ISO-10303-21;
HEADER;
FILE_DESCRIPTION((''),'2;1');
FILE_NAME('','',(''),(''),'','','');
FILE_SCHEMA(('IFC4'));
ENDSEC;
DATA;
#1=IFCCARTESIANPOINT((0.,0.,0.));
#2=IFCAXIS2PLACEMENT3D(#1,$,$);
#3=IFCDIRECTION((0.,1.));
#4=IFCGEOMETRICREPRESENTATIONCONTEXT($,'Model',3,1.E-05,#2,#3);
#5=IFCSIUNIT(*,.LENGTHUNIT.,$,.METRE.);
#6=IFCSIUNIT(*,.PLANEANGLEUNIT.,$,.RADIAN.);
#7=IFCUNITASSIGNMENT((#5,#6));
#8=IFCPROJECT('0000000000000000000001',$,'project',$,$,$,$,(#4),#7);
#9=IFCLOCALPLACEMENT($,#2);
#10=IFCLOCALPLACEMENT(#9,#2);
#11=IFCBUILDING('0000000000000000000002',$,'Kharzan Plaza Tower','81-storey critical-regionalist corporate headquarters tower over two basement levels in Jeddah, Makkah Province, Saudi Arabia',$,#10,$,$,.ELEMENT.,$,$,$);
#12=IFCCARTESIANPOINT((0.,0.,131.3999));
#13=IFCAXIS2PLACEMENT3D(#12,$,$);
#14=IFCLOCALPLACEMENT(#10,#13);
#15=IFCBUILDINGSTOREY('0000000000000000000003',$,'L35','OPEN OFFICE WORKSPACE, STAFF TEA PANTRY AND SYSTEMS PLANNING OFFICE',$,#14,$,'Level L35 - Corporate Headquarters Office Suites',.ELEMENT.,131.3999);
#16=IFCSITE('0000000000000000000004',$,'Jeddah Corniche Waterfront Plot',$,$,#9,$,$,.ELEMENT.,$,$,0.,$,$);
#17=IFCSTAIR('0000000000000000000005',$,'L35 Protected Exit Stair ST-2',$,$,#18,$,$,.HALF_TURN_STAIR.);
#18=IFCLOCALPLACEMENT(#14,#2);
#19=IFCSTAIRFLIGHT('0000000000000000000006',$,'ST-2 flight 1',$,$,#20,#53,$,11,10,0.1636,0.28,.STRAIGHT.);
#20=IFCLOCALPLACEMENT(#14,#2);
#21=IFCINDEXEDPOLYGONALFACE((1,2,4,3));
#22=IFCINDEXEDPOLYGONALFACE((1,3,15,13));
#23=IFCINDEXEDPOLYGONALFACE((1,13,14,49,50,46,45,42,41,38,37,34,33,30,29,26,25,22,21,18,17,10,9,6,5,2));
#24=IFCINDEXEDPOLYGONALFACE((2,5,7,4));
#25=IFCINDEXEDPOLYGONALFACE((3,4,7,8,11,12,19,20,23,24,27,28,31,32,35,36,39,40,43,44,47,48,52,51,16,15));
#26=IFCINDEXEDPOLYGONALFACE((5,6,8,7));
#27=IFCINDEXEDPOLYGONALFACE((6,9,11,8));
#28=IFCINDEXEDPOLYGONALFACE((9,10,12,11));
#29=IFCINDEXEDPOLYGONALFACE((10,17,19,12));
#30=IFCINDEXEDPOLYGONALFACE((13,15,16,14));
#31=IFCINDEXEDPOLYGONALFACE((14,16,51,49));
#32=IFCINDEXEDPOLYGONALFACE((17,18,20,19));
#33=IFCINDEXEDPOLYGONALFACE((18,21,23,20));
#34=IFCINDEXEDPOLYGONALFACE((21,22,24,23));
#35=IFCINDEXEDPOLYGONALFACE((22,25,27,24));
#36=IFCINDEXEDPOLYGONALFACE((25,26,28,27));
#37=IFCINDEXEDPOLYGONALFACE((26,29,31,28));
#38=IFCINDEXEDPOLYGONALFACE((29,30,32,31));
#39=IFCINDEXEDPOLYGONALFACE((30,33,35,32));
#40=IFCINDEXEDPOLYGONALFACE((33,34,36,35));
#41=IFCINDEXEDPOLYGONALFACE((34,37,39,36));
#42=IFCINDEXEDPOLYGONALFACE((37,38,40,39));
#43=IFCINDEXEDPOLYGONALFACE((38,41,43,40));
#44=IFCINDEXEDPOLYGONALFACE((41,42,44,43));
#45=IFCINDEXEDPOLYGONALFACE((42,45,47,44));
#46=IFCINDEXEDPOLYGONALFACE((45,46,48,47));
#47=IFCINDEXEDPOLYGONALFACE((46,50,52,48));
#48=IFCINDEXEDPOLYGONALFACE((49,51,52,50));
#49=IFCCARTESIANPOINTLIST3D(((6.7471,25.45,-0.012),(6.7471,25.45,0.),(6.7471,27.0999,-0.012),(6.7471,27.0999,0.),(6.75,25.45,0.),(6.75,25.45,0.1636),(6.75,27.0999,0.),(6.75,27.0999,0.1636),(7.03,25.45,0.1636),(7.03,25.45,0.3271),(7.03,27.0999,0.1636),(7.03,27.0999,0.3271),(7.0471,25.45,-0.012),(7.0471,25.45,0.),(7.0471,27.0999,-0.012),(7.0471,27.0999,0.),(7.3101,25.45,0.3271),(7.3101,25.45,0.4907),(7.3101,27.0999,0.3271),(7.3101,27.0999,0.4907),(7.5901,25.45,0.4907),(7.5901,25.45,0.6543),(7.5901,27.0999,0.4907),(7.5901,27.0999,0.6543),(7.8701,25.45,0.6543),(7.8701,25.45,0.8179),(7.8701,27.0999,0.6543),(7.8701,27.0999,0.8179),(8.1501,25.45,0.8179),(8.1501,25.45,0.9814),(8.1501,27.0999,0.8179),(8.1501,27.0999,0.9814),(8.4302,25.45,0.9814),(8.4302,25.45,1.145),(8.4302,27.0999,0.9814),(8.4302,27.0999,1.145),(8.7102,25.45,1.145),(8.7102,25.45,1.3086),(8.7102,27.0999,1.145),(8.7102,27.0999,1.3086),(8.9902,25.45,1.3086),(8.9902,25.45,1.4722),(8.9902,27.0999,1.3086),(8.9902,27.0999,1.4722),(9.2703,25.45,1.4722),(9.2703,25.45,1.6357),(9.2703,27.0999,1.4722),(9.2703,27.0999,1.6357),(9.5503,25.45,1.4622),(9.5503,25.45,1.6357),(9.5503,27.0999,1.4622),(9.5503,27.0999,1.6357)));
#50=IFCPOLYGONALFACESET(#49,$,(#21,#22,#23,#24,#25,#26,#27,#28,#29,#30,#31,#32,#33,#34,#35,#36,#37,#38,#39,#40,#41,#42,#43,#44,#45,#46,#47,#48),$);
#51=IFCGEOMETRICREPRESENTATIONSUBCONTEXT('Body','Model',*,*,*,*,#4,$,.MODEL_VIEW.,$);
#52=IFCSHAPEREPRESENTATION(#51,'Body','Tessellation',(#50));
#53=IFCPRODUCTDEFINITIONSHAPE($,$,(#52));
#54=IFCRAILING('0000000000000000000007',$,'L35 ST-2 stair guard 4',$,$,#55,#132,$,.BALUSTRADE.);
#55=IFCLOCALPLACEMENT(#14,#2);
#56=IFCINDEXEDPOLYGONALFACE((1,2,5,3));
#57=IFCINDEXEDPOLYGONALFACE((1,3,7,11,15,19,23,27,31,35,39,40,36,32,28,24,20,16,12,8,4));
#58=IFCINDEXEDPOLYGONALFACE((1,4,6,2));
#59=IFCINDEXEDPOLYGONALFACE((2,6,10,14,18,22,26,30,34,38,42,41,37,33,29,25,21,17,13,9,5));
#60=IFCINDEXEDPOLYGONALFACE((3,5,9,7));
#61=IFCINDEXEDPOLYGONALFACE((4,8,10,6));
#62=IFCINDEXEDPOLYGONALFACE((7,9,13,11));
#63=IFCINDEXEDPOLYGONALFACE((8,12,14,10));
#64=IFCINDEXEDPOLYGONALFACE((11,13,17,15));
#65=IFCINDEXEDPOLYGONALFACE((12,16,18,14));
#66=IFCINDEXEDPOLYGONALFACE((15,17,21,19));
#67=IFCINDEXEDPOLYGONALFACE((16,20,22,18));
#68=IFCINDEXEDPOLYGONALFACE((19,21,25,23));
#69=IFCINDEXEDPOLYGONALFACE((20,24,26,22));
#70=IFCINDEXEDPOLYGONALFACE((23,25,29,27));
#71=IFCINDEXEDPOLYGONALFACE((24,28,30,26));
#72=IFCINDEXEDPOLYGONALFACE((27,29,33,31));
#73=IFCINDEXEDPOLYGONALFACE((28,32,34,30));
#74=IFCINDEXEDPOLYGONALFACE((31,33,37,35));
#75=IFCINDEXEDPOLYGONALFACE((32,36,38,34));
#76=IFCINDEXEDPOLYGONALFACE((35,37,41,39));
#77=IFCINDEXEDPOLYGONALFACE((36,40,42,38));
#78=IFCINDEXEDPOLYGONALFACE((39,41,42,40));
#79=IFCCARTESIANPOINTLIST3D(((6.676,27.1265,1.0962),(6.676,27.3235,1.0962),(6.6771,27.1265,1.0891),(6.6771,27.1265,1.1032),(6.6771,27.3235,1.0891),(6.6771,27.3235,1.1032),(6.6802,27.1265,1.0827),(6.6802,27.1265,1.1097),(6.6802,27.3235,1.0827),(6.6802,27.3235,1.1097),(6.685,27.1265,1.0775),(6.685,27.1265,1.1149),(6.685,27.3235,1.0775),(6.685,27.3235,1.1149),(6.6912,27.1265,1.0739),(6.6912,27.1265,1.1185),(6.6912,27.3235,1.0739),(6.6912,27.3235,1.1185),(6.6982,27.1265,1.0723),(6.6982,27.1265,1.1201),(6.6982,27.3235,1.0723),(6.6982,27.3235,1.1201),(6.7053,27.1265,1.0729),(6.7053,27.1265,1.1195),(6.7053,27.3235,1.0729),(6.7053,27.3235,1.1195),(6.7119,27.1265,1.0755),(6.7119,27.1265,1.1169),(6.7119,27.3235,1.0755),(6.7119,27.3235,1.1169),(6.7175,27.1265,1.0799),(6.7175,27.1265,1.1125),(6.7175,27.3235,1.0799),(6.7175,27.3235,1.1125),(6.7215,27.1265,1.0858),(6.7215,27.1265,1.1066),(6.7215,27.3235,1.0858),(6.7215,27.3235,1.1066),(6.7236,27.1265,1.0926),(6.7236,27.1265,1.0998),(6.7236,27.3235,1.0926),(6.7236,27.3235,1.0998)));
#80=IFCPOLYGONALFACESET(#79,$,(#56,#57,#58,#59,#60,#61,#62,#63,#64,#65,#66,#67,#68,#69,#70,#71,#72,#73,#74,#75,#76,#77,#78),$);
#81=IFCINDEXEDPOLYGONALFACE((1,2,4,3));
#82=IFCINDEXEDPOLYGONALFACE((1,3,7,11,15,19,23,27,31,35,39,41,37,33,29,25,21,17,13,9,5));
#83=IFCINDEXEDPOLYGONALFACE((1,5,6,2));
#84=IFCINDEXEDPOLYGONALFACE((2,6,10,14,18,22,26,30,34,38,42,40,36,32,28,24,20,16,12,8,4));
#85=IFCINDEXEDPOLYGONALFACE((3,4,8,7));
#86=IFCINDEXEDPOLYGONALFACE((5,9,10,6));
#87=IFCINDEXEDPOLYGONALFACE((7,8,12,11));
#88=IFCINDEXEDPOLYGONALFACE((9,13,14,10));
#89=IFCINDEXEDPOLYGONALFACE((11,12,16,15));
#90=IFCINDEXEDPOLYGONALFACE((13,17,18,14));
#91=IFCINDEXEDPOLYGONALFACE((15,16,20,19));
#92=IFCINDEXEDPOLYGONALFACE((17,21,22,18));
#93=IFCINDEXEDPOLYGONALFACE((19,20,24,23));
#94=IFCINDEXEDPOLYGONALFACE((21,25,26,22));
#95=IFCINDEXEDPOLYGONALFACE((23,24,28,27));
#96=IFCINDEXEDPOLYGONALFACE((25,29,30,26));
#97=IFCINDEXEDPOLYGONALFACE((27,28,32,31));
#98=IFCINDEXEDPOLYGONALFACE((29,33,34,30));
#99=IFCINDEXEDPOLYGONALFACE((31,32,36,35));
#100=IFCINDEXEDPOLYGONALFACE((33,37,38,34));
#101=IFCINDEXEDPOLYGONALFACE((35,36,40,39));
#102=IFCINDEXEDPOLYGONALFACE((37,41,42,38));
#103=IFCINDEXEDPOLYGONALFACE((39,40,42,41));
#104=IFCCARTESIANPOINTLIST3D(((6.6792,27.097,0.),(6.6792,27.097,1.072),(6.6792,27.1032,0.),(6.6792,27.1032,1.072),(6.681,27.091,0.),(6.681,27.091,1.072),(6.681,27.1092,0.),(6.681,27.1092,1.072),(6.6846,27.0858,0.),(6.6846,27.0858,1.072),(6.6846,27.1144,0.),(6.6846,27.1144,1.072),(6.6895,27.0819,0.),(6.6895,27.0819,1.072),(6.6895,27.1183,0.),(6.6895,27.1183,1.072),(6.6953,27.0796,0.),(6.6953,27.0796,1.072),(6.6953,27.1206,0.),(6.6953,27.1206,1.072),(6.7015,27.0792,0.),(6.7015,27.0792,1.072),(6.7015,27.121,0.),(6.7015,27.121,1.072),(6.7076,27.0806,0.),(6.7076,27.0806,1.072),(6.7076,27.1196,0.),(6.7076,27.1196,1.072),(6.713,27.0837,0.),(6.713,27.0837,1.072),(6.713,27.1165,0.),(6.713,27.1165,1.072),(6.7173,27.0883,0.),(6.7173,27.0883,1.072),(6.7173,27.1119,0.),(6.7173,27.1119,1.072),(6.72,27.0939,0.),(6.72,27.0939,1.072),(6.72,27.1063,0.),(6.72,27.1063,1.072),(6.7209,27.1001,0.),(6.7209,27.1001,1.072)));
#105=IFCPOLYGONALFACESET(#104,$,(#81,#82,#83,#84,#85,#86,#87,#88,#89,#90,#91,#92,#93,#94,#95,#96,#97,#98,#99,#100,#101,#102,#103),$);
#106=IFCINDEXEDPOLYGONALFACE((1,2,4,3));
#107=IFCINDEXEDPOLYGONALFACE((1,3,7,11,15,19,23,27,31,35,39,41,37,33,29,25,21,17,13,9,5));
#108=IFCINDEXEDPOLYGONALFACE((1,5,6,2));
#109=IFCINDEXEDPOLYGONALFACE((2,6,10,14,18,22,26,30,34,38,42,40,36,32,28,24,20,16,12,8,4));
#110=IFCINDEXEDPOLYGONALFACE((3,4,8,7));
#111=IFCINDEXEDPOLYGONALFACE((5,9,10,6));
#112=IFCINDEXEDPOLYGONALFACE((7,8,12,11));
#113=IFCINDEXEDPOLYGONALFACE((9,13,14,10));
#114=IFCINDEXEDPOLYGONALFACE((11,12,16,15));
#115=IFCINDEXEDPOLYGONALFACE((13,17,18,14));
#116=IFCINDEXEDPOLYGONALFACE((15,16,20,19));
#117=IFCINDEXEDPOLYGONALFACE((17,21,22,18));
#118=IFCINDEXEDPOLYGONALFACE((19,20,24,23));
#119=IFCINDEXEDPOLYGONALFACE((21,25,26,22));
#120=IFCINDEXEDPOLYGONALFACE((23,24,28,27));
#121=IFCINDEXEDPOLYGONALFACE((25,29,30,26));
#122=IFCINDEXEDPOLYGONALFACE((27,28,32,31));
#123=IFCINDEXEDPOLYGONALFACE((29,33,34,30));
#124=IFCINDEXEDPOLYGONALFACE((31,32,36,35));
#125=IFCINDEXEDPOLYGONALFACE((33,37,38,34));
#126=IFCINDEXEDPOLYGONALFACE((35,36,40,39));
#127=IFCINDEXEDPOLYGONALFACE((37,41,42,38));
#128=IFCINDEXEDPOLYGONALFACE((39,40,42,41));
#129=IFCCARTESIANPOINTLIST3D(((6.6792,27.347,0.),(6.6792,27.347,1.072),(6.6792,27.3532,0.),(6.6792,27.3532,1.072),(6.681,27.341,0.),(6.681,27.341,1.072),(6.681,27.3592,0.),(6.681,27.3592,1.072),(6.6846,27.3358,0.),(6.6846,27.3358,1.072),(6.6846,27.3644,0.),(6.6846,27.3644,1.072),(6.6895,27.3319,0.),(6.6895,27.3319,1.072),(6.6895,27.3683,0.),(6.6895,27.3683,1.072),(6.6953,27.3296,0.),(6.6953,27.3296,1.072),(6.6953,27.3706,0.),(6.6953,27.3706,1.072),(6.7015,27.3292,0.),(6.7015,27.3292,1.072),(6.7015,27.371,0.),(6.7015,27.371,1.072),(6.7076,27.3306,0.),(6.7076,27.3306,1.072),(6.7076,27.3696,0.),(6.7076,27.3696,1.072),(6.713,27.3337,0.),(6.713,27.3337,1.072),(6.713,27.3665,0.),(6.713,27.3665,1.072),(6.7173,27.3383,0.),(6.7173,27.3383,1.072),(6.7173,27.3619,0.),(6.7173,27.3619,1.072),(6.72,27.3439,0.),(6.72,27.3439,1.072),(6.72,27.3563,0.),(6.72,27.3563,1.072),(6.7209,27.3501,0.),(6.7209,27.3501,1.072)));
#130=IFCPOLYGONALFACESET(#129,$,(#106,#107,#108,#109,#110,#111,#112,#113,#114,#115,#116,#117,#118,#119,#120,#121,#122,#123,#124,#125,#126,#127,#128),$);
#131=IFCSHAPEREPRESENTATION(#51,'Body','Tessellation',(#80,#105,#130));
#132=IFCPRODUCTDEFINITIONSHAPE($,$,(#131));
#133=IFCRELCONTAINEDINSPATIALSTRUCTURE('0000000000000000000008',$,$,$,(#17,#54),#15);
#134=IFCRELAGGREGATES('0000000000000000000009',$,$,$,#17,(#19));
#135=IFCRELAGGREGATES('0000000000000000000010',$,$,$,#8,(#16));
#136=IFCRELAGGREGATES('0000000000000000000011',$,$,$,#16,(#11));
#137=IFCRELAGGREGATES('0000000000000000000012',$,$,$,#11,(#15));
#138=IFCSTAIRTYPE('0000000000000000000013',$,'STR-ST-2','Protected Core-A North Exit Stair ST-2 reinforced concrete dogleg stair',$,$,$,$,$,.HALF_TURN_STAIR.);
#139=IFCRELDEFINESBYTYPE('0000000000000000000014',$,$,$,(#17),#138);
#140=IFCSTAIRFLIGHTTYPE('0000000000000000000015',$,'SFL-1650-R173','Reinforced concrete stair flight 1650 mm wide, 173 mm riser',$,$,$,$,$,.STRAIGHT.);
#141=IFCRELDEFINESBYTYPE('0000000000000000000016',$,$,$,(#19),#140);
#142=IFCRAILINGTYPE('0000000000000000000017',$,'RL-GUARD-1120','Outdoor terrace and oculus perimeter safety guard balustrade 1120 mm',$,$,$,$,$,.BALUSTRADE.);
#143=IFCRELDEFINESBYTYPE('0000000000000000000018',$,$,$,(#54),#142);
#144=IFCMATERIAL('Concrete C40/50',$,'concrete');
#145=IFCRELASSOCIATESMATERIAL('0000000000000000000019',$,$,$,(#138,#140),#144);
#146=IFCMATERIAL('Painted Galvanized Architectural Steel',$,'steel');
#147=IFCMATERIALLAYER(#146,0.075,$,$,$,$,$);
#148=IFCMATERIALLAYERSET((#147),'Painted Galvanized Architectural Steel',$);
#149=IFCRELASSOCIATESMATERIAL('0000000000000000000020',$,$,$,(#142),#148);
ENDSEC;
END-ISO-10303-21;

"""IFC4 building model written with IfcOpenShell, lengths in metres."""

from ifc_helpers import new_model, si_unit, direction, frame, origin, origin_2d, place, context, subcontext, project, spatial, polyline, circle, outline, extrude, source, transform, mapped, material, layer, layer_set, type_object, element, aggregate, save


model = new_model("IFC4")

# Units and contexts
model_context = context("Model", 3, precision=1e-05, world=origin(), true_north=direction((0.0, 1.0)))
body_context = subcontext(model_context, "Body", "Model", "MODEL_VIEW")
ifc_project = project(units=[si_unit("LENGTHUNIT", "METRE"), si_unit("PLANEANGLEUNIT", "RADIAN")], contexts=[model_context])

# Site, building, storey
site_placement = place(None, origin())
site = spatial("IfcSite", under=ifc_project, at=site_placement, Name="Jeddah Corniche Waterfront Plot", CompositionType="ELEMENT", RefElevation=0.0)
building_placement = place(site_placement, origin())
building = spatial("IfcBuilding", under=site, at=building_placement, Name="Kharzan Plaza Tower", Description="81-storey critical-regionalist corporate headquarters tower over two basement levels in Jeddah, Makkah Province, Saudi Arabia", CompositionType="ELEMENT")
storey_placement = place(building_placement, frame((0.0, 0.0, 131.3999)))
storey = spatial("IfcBuildingStorey", under=building, at=storey_placement, Name="L35", Description="OPEN OFFICE WORKSPACE, STAFF TEA PANTRY AND SYSTEMS PLANNING OFFICE", LongName="Level L35 - Corporate Headquarters Office Suites", CompositionType="ELEMENT", Elevation=131.3999)

# Shared definitions
ifc_material_1 = material(Name="Concrete C40/50", Category="concrete")

# Stair, stair flight
stair_type = type_object("IfcStairType", Name="STR-ST-2", Description="Protected Core-A North Exit Stair ST-2 reinforced concrete dogleg stair", PredefinedType="HALF_TURN_STAIR", material=ifc_material_1)
stair_placement = place(storey_placement, origin())
stair = element("IfcStair", 1, at=stair_placement, inside=storey, type_object=stair_type, Name="L35 Protected Exit Stair ST-2", PredefinedType="HALF_TURN_STAIR")
stair_flight_type = type_object("IfcStairFlightType", Name="SFL-1650-R173", Description="Reinforced concrete stair flight 1650 mm wide, 173 mm riser", PredefinedType="STRAIGHT", material=ifc_material_1)
shared_shape_1 = source(origin(), body_context, "Body", "SweptSolid", [
    extrude(outline(polyline([(-0.0029, -0.012), (-0.0029, 0.0), (0.0, 0.0), (0.0, 0.1636), (0.28, 0.1636), (0.28, 0.3271), (0.5601, 0.3271), (0.5601, 0.4907), (0.8401, 0.4907), (0.8401, 0.6543), (1.1201, 0.6543), (1.1201, 0.8179), (1.4001, 0.8179), (1.4001, 0.9814), (1.6802, 0.9814), (1.6802, 1.145), (1.9602, 1.145), (1.9602, 1.3086), (2.2402, 1.3086), (2.2402, 1.4722), (2.5203, 1.4722), (2.5203, 1.6357), (2.8003, 1.6357), (2.8003, 1.7993), (2.8003, 1.4622), (0.2971, 0.0), (0.2971, -0.012), (-0.0029, -0.012)])), frame((0.0, 0.825, 0.0), z_axis=(0.0, -1.0, 0.0), x_axis=(1.0, 0.0, 0.0)), (0.0, 0.0, 1.0), 1.6499),
])
stair_flight_placement = place(storey_placement, frame((6.75, 26.2749, 0.0), z_axis=(0.0, 0.0, 1.0), x_axis=(1.0, 0.0, 0.0)))
stair_flight = element("IfcStairFlight", 2, at=stair_flight_placement, type_object=stair_flight_type, Name="ST-2 flight 1", NumberOfRisers=11, NumberOfTreads=10, PredefinedType="STRAIGHT", RiserHeight=0.1636, TreadLength=0.28, context=body_context, shape_type="MappedRepresentation", body=[
    mapped(shared_shape_1, transform((0.0, 0.0, 0.0), x_axis=(1.0, 0.0, 0.0), y_axis=(0.0, 1.0, 0.0), z_axis=(0.0, 0.0, 1.0))),
])
aggregate(stair, [stair_flight])

# Railing
ifc_material_2 = material(Name="Painted Galvanized Architectural Steel", Category="steel")
ifc_layer_1 = layer(ifc_material_2, 0.075)
ifc_layer_set_1 = layer_set([ifc_layer_1], Name="Painted Galvanized Architectural Steel")
railing_type_1 = type_object("IfcRailingType", Name="RL-GUARD-1120", Description="Outdoor terrace and oculus perimeter safety guard balustrade 1120 mm", PredefinedType="BALUSTRADE", material=ifc_layer_set_1)
shared_shape_2 = source(origin(), body_context, "Body", "SweptSolid", [
    extrude(circle(Radius=0.0239, at=origin_2d()), frame((0.0, 0.0264, 1.0962), z_axis=(0.0, 1.0, 0.0), x_axis=(-1.0, 0.0, 0.0)), (0.0, 0.0, 1.0), 0.197),
    extrude(circle(Radius=0.021, at=origin_2d()), origin(), (0.0, 0.0, 1.0), 1.072),
    extrude(circle(Radius=0.021, at=origin_2d()), frame((0.0, 0.25, 0.0)), (0.0, 0.0, 1.0), 1.072),
])
railing_1_placement = place(storey_placement, frame((6.7, 27.1001, 0.0)))
element("IfcRailing", 3, at=railing_1_placement, inside=storey, type_object=railing_type_1, Name="L35 ST-2 stair guard 4", PredefinedType="BALUSTRADE", context=body_context, shape_type="MappedRepresentation", body=[
    mapped(shared_shape_2, transform((0.0, 0.0, 0.0), x_axis=(1.0, 0.0, 0.0), y_axis=(0.0, 1.0, 0.0), z_axis=(0.0, 0.0, 1.0))),
])

save(model, "model.ifc")
